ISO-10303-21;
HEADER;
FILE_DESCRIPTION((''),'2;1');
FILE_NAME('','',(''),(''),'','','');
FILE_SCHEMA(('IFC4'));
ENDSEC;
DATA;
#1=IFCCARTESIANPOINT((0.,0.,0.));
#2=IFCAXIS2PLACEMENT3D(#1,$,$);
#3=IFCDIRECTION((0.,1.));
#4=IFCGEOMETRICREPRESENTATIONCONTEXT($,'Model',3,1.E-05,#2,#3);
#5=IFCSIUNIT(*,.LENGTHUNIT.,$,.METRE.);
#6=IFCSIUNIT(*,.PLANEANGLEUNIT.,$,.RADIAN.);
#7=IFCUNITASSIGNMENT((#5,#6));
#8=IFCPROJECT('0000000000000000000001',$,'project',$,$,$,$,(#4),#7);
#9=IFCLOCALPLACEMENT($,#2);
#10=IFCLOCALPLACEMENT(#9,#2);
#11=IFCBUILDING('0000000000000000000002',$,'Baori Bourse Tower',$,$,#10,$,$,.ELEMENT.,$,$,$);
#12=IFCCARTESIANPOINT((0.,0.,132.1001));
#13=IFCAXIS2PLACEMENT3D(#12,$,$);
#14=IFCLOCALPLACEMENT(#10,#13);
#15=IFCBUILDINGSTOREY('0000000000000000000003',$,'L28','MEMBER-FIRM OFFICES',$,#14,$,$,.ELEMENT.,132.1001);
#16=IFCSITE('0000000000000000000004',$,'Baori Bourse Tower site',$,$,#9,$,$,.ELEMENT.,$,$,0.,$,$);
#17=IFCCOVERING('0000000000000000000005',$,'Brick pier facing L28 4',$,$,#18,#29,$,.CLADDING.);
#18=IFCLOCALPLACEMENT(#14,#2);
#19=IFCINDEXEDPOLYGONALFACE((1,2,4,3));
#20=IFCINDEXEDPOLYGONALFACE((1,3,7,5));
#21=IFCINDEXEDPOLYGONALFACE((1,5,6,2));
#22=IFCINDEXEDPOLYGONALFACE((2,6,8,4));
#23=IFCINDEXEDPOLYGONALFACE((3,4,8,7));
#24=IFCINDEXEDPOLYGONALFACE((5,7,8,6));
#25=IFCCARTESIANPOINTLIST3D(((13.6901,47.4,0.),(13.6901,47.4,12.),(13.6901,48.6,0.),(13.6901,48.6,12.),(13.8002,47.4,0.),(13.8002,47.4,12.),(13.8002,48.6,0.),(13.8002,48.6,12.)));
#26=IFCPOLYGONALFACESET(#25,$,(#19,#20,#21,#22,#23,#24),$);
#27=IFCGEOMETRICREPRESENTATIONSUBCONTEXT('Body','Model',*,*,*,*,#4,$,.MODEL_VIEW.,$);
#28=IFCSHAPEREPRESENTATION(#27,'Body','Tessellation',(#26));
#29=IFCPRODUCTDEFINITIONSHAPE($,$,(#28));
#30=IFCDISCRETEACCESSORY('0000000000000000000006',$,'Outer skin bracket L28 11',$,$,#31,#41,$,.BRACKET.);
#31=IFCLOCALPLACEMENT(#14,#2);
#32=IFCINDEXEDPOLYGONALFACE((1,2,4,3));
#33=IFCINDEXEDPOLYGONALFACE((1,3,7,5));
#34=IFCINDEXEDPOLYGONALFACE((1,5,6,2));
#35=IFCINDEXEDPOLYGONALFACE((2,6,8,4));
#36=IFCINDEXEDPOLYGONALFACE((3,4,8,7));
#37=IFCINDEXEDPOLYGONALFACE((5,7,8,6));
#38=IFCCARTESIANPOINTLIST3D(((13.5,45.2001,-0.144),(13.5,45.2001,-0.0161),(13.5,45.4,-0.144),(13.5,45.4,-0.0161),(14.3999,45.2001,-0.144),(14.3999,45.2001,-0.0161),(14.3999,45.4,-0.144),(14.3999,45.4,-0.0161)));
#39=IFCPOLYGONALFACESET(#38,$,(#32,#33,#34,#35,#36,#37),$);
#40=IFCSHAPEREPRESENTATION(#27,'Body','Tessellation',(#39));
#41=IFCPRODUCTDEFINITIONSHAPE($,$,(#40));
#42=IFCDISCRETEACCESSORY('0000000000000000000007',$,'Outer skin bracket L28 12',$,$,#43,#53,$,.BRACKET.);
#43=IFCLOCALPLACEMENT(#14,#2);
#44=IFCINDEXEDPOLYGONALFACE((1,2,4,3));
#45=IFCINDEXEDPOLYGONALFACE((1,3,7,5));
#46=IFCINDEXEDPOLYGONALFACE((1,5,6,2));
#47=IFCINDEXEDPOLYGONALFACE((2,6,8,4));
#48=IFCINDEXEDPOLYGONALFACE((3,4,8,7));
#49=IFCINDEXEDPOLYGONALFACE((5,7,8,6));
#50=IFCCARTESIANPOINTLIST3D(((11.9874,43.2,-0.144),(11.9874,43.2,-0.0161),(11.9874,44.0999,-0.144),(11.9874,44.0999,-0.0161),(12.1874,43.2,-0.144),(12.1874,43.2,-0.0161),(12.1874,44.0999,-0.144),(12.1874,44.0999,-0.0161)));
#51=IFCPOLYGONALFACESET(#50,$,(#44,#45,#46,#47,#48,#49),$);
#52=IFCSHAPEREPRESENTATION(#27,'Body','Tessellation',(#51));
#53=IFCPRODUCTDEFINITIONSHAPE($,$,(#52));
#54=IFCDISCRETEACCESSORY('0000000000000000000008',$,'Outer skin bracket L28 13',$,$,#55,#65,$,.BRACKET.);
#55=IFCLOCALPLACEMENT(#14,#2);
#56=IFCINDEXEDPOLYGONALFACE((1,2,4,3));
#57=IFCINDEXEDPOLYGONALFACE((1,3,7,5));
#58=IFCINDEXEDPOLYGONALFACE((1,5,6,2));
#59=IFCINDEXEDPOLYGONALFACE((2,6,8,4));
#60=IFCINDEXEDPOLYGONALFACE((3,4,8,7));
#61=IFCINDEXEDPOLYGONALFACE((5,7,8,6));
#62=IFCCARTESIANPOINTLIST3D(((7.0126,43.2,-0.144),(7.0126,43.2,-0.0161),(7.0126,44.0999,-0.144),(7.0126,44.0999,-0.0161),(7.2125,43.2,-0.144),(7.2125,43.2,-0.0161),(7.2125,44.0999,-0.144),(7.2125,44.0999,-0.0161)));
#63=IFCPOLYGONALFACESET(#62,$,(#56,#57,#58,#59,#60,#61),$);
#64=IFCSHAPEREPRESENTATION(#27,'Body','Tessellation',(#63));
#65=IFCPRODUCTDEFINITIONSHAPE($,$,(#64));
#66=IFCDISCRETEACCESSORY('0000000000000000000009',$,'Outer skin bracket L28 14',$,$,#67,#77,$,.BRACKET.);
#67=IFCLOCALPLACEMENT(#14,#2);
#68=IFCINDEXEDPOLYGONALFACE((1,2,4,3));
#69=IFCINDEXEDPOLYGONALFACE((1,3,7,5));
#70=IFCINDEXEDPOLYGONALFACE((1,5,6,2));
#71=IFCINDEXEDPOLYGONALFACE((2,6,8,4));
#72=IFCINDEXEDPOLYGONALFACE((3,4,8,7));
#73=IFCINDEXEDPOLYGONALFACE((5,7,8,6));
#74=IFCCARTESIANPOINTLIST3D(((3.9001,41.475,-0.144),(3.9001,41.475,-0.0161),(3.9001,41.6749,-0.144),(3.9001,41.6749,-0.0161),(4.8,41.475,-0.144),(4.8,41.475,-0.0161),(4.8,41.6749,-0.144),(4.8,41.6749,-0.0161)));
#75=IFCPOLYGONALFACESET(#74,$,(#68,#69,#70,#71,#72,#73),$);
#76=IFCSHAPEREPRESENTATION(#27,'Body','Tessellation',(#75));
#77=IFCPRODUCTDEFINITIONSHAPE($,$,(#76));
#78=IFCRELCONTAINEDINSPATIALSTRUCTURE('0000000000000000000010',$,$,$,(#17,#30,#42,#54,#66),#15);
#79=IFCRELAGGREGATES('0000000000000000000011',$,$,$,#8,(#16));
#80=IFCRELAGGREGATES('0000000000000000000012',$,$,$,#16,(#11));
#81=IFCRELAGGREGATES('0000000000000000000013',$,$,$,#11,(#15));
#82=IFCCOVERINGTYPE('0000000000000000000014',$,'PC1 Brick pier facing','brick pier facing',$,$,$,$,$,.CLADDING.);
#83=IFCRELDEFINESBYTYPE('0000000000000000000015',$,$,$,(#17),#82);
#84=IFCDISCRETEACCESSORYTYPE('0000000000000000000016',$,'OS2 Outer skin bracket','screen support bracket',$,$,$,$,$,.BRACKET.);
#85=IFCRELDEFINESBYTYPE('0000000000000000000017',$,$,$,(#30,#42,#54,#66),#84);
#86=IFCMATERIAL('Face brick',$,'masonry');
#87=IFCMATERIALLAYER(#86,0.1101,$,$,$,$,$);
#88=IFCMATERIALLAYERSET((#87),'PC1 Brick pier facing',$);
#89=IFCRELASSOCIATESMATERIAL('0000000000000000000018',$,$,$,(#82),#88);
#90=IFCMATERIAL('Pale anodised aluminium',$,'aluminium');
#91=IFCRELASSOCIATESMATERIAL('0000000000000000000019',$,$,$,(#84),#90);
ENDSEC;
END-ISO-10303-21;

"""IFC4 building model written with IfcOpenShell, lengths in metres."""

from ifc_helpers import new_model, si_unit, direction, frame, origin, origin_2d, place, context, subcontext, project, spatial, rectangle, extrude, material, layer, layer_set, type_object, element, save


model = new_model("IFC4")

# Units and contexts
model_context = context("Model", 3, precision=1e-05, world=origin(), true_north=direction((0.0, 1.0)))
body_context = subcontext(model_context, "Body", "Model", "MODEL_VIEW")
ifc_project = project(units=[si_unit("LENGTHUNIT", "METRE"), si_unit("PLANEANGLEUNIT", "RADIAN")], contexts=[model_context])

# Site, building, storey
site_placement = place(None, origin())
site = spatial("IfcSite", under=ifc_project, at=site_placement, Name="Baori Bourse Tower site", CompositionType="ELEMENT", RefElevation=0.0)
building_placement = place(site_placement, origin())
building = spatial("IfcBuilding", under=site, at=building_placement, Name="Baori Bourse Tower", CompositionType="ELEMENT")
storey_placement = place(building_placement, frame((0.0, 0.0, 132.1001)))
storey = spatial("IfcBuildingStorey", under=building, at=storey_placement, Name="L28", Description="MEMBER-FIRM OFFICES", CompositionType="ELEMENT", Elevation=132.1001)

# Covering
ifc_material_1 = material(Name="Face brick", Category="masonry")
ifc_layer_1 = layer(ifc_material_1, 0.1101)
ifc_layer_set_1 = layer_set([ifc_layer_1], Name="PC1 Brick pier facing")
covering_type = type_object("IfcCoveringType", Name="PC1 Brick pier facing", Description="brick pier facing", PredefinedType="CLADDING", material=ifc_layer_set_1)
covering_placement = place(storey_placement, frame((13.7451, 48.0, 0.0), z_axis=(0.0, 0.0, 1.0), x_axis=(1.0, 0.0, 0.0)))
element("IfcCovering", 1, at=covering_placement, inside=storey, type_object=covering_type, Name="Brick pier facing L28 4", PredefinedType="CLADDING", context=body_context, shape_type="SweptSolid", body=[
    extrude(rectangle(XDim=0.1101, YDim=1.2, at=origin_2d()), origin(), (0.0, 0.0, 1.0), 12.0),
])

# Discrete accessories
ifc_material_2 = material(Name="Pale anodised aluminium", Category="aluminium")
discrete_accessory_type = type_object("IfcDiscreteAccessoryType", Name="OS2 Outer skin bracket", Description="screen support bracket", PredefinedType="BRACKET", material=ifc_material_2)
for number, where, z_axis, x_axis, name in (
    (2, (13.95, 45.3, -0.144), (0.0, 0.0, 1.0), (0.0, -1.0, 0.0), "Outer skin bracket L28 11"),
    (3, (12.0874, 43.6499, -0.144), (0.0, 0.0, 1.0), (-1.0, 0.0, 0.0), "Outer skin bracket L28 12"),
    (4, (7.1125, 43.6499, -0.144), (0.0, 0.0, 1.0), (-1.0, 0.0, 0.0), "Outer skin bracket L28 13"),
    (5, (4.3501, 41.575, -0.144), (0.0, 0.0, 1.0), (0.0, -1.0, 0.0), "Outer skin bracket L28 14"),
):
    element("IfcDiscreteAccessory", number, at=place(storey_placement, frame(where, z_axis=z_axis, x_axis=x_axis)), inside=storey, type_object=discrete_accessory_type, Name=name, PredefinedType="BRACKET", context=body_context, shape_type="SweptSolid", body=[
        extrude(rectangle(XDim=0.2, YDim=0.8999, at=origin_2d()), origin(), (0.0, 0.0, 1.0), 0.1279),
    ])

save(model, "model.ifc")
